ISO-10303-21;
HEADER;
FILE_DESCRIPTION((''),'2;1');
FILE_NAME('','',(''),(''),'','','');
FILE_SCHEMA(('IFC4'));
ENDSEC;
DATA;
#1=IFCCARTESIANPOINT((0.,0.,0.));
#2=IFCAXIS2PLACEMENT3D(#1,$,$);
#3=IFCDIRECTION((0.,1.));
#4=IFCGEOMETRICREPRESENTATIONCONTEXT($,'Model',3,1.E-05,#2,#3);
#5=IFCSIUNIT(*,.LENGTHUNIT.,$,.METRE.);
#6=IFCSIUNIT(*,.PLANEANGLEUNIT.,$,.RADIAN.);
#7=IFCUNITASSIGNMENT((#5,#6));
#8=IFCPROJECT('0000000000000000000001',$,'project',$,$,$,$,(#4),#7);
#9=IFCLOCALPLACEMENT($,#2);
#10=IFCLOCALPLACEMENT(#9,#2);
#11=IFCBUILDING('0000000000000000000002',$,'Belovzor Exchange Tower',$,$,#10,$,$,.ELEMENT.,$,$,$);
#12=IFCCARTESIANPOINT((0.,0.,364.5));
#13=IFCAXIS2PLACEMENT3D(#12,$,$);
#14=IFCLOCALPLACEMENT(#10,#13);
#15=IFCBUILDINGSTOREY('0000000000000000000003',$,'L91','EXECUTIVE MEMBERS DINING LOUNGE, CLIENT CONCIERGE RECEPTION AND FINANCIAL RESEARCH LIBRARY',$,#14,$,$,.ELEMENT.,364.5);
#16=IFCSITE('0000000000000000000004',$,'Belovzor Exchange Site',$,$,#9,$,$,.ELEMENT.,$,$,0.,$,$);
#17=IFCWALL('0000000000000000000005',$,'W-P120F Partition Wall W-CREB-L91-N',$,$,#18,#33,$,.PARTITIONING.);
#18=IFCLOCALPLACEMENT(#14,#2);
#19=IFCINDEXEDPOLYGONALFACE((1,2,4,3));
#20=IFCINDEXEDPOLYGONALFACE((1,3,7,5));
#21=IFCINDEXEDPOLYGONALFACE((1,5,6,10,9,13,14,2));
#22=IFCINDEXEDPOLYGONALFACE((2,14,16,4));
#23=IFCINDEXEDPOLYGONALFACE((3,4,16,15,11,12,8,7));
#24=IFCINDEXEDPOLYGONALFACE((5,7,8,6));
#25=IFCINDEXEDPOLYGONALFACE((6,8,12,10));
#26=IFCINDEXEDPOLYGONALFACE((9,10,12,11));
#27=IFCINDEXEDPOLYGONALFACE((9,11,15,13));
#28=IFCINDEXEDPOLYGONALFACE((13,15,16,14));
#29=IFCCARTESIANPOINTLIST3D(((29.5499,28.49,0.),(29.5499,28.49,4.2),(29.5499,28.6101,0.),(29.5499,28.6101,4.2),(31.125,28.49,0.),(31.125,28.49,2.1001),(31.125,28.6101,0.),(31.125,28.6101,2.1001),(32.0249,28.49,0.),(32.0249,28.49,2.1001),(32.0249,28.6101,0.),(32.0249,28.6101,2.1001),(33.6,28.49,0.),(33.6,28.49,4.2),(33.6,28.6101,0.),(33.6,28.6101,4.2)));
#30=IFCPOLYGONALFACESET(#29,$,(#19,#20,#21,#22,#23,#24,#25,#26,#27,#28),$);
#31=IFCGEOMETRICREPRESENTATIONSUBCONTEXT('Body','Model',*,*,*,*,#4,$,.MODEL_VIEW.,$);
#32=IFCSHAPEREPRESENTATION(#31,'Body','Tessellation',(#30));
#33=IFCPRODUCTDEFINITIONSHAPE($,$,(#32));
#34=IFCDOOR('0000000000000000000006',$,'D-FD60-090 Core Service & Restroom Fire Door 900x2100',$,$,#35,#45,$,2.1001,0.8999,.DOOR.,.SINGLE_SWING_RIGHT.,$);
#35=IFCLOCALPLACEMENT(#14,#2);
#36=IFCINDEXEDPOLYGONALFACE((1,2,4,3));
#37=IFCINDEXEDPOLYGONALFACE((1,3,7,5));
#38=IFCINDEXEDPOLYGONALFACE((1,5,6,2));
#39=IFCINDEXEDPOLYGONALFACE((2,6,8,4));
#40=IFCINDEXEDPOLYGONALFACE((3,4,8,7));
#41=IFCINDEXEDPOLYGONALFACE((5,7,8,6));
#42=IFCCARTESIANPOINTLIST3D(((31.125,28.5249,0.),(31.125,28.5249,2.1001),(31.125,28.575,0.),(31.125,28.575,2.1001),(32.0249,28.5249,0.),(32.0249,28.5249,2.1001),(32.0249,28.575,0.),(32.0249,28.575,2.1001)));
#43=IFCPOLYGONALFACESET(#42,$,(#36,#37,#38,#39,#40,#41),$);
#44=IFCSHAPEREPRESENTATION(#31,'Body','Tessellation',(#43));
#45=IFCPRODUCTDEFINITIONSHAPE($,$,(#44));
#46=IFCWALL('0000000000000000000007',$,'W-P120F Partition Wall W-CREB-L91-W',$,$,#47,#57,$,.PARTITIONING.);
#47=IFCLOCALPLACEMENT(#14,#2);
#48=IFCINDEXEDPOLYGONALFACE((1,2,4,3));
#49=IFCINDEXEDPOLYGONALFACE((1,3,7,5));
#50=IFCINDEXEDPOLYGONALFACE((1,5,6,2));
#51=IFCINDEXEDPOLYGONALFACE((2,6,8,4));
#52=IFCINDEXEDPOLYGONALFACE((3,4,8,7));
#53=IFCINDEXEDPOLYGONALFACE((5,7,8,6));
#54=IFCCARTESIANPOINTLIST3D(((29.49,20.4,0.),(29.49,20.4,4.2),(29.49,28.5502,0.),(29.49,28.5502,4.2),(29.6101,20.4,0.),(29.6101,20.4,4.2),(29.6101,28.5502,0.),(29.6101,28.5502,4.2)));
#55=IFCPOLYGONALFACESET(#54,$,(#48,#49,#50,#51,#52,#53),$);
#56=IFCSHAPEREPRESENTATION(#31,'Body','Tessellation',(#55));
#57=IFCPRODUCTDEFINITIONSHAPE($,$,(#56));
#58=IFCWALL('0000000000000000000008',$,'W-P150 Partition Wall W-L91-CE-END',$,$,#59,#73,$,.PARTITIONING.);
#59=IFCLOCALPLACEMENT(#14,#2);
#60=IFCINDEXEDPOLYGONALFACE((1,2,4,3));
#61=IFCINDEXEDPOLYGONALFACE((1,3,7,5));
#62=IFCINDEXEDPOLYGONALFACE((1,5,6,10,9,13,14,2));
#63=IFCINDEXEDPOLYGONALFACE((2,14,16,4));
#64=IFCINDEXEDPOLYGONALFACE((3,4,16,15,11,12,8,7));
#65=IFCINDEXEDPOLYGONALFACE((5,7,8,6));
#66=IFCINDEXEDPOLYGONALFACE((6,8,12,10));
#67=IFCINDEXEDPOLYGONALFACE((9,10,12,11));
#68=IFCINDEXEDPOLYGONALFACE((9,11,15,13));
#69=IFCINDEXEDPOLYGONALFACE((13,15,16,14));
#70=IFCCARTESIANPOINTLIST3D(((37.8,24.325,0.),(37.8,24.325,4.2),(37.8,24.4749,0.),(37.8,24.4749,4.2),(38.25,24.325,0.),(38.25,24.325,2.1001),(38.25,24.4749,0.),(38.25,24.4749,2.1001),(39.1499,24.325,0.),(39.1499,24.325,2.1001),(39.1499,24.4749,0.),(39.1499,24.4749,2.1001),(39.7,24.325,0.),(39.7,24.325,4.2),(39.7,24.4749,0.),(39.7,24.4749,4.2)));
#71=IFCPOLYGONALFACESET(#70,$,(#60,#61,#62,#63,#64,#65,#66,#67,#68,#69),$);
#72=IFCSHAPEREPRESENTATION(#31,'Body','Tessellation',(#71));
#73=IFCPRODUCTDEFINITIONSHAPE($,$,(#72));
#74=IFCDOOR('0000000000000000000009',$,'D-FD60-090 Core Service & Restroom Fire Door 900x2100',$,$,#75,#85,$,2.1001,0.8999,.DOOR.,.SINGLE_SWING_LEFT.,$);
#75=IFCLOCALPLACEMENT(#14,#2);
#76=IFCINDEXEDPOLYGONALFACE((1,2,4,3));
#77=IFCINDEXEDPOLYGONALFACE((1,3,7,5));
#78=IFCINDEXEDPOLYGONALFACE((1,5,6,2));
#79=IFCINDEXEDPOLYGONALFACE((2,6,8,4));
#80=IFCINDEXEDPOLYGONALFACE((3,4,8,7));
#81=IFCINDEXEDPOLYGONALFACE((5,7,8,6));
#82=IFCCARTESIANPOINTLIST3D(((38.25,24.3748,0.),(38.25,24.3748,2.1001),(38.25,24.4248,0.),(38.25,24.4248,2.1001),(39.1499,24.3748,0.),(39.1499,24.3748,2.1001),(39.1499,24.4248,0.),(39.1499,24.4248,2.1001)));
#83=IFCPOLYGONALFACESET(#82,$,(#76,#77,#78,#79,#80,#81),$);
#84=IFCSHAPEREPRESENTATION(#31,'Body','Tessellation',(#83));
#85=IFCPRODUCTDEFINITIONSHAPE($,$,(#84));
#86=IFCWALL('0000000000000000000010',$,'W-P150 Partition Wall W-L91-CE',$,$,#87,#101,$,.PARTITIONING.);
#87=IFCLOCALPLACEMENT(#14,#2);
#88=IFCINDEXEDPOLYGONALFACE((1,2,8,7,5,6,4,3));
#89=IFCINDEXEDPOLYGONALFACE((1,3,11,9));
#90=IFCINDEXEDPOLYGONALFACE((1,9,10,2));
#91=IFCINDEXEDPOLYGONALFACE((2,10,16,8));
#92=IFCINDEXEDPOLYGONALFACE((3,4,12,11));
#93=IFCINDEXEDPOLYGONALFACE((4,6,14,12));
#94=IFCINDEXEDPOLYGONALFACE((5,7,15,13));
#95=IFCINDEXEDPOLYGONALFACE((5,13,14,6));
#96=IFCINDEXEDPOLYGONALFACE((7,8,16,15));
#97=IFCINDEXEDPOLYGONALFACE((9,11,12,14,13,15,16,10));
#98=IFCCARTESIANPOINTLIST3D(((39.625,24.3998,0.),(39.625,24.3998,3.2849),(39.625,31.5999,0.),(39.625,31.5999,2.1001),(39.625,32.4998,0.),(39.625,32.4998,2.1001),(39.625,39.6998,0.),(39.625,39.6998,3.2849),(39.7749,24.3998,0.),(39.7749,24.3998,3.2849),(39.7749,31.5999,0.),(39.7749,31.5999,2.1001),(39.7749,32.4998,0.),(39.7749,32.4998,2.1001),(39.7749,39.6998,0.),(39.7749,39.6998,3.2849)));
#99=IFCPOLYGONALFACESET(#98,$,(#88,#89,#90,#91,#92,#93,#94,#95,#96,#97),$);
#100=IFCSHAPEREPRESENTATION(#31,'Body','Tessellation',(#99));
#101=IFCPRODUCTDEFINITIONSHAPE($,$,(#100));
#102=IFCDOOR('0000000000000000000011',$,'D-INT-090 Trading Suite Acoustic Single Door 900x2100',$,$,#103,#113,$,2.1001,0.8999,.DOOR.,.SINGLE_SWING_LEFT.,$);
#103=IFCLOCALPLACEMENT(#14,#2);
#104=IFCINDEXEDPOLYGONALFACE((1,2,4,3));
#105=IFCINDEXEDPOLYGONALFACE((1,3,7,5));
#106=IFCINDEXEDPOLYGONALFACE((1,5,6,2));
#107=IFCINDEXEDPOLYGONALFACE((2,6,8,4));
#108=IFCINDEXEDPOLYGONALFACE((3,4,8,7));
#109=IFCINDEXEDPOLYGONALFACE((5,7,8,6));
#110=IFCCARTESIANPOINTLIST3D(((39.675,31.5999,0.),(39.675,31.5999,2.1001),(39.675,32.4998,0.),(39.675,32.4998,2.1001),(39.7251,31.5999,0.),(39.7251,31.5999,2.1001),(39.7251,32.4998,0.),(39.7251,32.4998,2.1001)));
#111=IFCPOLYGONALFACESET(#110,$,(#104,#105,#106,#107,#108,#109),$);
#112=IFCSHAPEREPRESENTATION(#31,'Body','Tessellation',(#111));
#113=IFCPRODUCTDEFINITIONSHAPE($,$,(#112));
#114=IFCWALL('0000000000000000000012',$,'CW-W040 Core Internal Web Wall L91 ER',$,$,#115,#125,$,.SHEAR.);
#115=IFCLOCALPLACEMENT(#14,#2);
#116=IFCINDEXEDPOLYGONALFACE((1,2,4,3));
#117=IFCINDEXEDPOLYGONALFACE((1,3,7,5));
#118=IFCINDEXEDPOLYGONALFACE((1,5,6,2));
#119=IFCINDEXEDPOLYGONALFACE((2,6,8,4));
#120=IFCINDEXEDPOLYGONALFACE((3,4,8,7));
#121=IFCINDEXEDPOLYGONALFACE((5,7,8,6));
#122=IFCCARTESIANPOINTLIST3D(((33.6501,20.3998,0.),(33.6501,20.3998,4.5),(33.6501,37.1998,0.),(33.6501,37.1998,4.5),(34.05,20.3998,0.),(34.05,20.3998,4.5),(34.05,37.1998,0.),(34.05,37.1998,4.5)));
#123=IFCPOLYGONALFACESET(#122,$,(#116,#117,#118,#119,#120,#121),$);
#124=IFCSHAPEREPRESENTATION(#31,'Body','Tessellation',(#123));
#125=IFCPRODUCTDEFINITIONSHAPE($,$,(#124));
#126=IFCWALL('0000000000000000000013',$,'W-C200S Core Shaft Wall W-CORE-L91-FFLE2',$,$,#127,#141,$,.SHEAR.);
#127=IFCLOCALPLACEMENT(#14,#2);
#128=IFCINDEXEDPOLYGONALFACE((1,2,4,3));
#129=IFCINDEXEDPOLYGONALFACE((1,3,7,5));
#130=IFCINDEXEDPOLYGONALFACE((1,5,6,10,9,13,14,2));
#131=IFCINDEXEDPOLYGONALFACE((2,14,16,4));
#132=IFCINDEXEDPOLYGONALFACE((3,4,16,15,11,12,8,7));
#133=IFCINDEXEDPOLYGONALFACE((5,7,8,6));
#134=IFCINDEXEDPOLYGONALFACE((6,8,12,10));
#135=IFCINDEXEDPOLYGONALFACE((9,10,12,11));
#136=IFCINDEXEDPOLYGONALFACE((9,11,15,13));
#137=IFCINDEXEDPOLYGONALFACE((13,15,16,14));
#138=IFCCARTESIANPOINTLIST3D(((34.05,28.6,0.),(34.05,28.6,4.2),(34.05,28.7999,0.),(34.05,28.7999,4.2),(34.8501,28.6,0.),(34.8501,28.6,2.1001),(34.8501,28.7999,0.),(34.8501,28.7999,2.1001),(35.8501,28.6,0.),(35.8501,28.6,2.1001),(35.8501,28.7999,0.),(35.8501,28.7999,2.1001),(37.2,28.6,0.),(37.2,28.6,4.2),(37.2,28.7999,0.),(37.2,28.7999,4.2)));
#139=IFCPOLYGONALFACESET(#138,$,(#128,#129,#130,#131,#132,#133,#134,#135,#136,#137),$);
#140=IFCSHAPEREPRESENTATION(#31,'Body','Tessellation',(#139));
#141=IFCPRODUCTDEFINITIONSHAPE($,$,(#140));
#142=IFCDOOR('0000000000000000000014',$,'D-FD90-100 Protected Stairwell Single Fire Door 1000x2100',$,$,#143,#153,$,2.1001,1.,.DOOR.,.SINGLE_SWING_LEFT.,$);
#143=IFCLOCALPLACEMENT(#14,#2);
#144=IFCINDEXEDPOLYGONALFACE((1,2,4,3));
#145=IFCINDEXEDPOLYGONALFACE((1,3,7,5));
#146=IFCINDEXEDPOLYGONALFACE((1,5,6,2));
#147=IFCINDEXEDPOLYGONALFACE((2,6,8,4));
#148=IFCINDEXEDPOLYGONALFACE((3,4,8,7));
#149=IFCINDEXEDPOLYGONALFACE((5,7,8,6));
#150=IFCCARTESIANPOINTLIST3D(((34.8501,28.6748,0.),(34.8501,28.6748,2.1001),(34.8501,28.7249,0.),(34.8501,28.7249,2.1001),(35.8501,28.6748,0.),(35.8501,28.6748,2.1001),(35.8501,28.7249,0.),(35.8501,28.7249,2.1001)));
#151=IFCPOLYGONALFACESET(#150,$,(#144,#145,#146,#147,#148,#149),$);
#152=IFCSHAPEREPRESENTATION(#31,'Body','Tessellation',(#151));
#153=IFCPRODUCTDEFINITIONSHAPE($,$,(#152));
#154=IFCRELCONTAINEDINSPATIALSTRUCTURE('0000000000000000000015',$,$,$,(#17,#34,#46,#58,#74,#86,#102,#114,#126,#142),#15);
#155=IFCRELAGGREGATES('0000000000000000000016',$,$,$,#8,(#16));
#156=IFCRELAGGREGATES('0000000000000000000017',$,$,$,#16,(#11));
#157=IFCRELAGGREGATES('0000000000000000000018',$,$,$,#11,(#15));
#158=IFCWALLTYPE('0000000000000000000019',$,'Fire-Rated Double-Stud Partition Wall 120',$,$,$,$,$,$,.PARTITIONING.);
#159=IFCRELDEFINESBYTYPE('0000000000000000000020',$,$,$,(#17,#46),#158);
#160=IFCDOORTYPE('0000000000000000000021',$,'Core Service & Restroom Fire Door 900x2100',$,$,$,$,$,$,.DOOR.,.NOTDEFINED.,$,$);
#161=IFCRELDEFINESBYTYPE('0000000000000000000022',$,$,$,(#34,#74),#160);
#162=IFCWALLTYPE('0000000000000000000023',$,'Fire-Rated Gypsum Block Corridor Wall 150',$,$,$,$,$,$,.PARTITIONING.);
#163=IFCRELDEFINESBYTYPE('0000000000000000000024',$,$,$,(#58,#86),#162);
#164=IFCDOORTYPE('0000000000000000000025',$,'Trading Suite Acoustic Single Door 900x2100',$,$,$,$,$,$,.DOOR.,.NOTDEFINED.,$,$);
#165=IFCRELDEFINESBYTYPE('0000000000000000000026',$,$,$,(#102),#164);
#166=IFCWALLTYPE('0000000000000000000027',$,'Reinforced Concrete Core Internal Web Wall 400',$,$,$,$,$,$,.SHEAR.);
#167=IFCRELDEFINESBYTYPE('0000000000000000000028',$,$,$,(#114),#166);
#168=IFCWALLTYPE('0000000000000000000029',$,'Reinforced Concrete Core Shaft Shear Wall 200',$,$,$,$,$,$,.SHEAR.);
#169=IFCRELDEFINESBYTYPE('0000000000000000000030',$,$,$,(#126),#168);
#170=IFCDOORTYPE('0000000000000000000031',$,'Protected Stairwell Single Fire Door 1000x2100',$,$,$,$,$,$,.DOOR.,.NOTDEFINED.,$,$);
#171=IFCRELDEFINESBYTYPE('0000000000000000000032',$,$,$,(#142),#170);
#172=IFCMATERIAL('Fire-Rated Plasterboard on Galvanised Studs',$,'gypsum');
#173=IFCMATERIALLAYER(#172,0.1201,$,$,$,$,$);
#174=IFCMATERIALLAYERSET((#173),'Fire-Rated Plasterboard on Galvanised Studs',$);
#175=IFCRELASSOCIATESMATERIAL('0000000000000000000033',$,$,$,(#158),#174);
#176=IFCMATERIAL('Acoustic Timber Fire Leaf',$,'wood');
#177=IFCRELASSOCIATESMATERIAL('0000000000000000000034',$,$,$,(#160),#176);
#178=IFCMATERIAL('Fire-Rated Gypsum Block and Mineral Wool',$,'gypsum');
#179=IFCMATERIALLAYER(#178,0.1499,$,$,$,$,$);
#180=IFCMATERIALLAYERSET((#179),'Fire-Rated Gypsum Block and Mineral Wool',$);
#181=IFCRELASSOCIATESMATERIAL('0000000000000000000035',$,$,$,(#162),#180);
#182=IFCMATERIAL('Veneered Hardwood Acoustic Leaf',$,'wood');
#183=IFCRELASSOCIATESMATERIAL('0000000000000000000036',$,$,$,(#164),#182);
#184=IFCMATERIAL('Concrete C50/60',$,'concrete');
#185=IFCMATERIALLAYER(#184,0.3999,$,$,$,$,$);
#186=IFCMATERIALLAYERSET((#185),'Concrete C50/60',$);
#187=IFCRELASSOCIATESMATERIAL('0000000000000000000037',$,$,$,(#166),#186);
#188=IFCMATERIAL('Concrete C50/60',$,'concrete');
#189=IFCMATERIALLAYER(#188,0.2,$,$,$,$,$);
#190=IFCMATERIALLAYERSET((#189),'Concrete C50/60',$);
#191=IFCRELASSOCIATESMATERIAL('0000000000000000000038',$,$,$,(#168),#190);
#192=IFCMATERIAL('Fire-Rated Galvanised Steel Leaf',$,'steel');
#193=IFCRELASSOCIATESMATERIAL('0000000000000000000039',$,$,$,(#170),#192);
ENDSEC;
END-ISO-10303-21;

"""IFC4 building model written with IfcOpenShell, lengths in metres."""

from ifc_helpers import new_model, si_unit, direction, frame, frame_2d, origin, place, context, subcontext, project, spatial, rectangle, extrude, material, layer, layer_set, type_object, element, fill, save


model = new_model("IFC4")

# Units and contexts
model_context = context("Model", 3, precision=1e-05, world=origin(), true_north=direction((0.0, 1.0)))
body_context = subcontext(model_context, "Body", "Model", "MODEL_VIEW")
ifc_project = project(units=[si_unit("LENGTHUNIT", "METRE"), si_unit("PLANEANGLEUNIT", "RADIAN")], contexts=[model_context])

# Site, building, storey
site_placement = place(None, origin())
site = spatial("IfcSite", under=ifc_project, at=site_placement, Name="Belovzor Exchange Site", CompositionType="ELEMENT", RefElevation=0.0)
building_placement = place(site_placement, origin())
building = spatial("IfcBuilding", under=site, at=building_placement, Name="Belovzor Exchange Tower", CompositionType="ELEMENT")
storey_placement = place(building_placement, frame((0.0, 0.0, 364.5)))
storey = spatial("IfcBuildingStorey", under=building, at=storey_placement, Name="L91", Description="EXECUTIVE MEMBERS DINING LOUNGE, CLIENT CONCIERGE RECEPTION AND FINANCIAL RESEARCH LIBRARY", CompositionType="ELEMENT", Elevation=364.5)

# Wall, opening, door
ifc_material_1 = material(Name="Fire-Rated Plasterboard on Galvanised Studs", Category="gypsum")
ifc_layer_1 = layer(ifc_material_1, 0.1201)
ifc_layer_set_1 = layer_set([ifc_layer_1], Name="Fire-Rated Plasterboard on Galvanised Studs")
wall_type_1 = type_object("IfcWallType", Name="Fire-Rated Double-Stud Partition Wall 120", PredefinedType="PARTITIONING", material=ifc_layer_set_1)
wall_1_placement = place(storey_placement, frame((29.55, 28.55, 0.0), z_axis=(0.0, 0.0, 1.0), x_axis=(1.0, 0.0, 0.0)))
wall_1 = element("IfcWall", 1, at=wall_1_placement, inside=storey, type_object=wall_type_1, Name="W-P120F Partition Wall W-CREB-L91-N", PredefinedType="PARTITIONING", context=body_context, shape_type="SweptSolid", body=[
    extrude(rectangle(XDim=4.05, YDim=0.1201, at=frame_2d((2.0249, 0.0))), origin(), (0.0, 0.0, 1.0), 4.2),
])
opening_1_placement = place(wall_1_placement, frame((1.575, 0.0, 0.0)))
opening_1 = element("IfcOpeningElement", 2, at=opening_1_placement, cuts=wall_1, PredefinedType="OPENING", context=body_context, shape_type="SweptSolid", body=[
    extrude(rectangle(XDim=0.8999, YDim=2.1001, at=frame_2d((0.45, 1.05))), frame((0.0, 0.0701, 0.0), z_axis=(0.0, -1.0, 0.0), x_axis=(1.0, 0.0, 0.0)), (0.0, 0.0, 1.0), 0.1401),
])
ifc_material_2 = material(Name="Acoustic Timber Fire Leaf", Category="wood")
door_type_1 = type_object("IfcDoorType", Name="Core Service & Restroom Fire Door 900x2100", OperationType="NOTDEFINED", PredefinedType="DOOR", material=ifc_material_2)
door_1_placement = place(opening_1_placement, origin())
door_1 = element("IfcDoor", 3, at=door_1_placement, inside=storey, type_object=door_type_1, Name="D-FD60-090 Core Service & Restroom Fire Door 900x2100", OperationType="SINGLE_SWING_RIGHT", OverallHeight=2.1001, OverallWidth=0.8999, PredefinedType="DOOR", context=body_context, shape_type="SweptSolid", body=[
    extrude(rectangle(XDim=0.8999, YDim=2.1001, at=frame_2d((0.45, 1.05))), frame((0.0, 0.0249, 0.0), z_axis=(0.0, -1.0, 0.0), x_axis=(1.0, 0.0, 0.0)), (0.0, 0.0, 1.0), 0.05),
])
fill(opening_1, door_1)

# Wall
wall_2_placement = place(storey_placement, frame((29.55, 20.3999, 0.0), z_axis=(0.0, 0.0, 1.0), x_axis=(0.0, 1.0, 0.0)))
element("IfcWall", 4, at=wall_2_placement, inside=storey, type_object=wall_type_1, Name="W-P120F Partition Wall W-CREB-L91-W", PredefinedType="PARTITIONING", context=body_context, shape_type="SweptSolid", body=[
    extrude(rectangle(XDim=8.1501, YDim=0.1201, at=frame_2d((4.0752, 0.0))), origin(), (0.0, 0.0, 1.0), 4.2),
])

# Walls, openings, doors
ifc_material_3 = material(Name="Fire-Rated Gypsum Block and Mineral Wool", Category="gypsum")
ifc_layer_2 = layer(ifc_material_3, 0.1499)
ifc_layer_set_2 = layer_set([ifc_layer_2], Name="Fire-Rated Gypsum Block and Mineral Wool")
wall_type_2 = type_object("IfcWallType", Name="Fire-Rated Gypsum Block Corridor Wall 150", PredefinedType="PARTITIONING", material=ifc_layer_set_2)
wall_3_placement = place(storey_placement, frame((37.8, 24.3999, 0.0), z_axis=(0.0, 0.0, 1.0), x_axis=(1.0, 0.0, 0.0)))
wall_3 = element("IfcWall", 5, at=wall_3_placement, inside=storey, type_object=wall_type_2, Name="W-P150 Partition Wall W-L91-CE-END", PredefinedType="PARTITIONING", context=body_context, shape_type="SweptSolid", body=[
    extrude(rectangle(XDim=1.8999, YDim=0.1499, at=frame_2d((0.95, 0.0))), origin(), (0.0, 0.0, 1.0), 4.2),
])
opening_2_placement = place(wall_3_placement, frame((0.45, 0.0, 0.0)))
opening_2 = element("IfcOpeningElement", 6, at=opening_2_placement, cuts=wall_3, PredefinedType="OPENING", context=body_context, shape_type="SweptSolid", body=[
    extrude(rectangle(XDim=0.8999, YDim=2.1001, at=frame_2d((0.45, 1.05))), frame((0.0, 0.085, 0.0), z_axis=(0.0, -1.0, 0.0), x_axis=(1.0, 0.0, 0.0)), (0.0, 0.0, 1.0), 0.1699),
])
door_2_placement = place(opening_2_placement, origin())
door_2 = element("IfcDoor", 7, at=door_2_placement, inside=storey, type_object=door_type_1, Name="D-FD60-090 Core Service & Restroom Fire Door 900x2100", OperationType="SINGLE_SWING_LEFT", OverallHeight=2.1001, OverallWidth=0.8999, PredefinedType="DOOR", context=body_context, shape_type="SweptSolid", body=[
    extrude(rectangle(XDim=0.8999, YDim=2.1001, at=frame_2d((0.45, 1.05))), frame((0.0, 0.0249, 0.0), z_axis=(0.0, -1.0, 0.0), x_axis=(1.0, 0.0, 0.0)), (0.0, 0.0, 1.0), 0.05),
])
fill(opening_2, door_2)
wall_4_placement = place(storey_placement, frame((39.7, 24.3999, 0.0), z_axis=(0.0, 0.0, 1.0), x_axis=(0.0, 1.0, 0.0)))
wall_4 = element("IfcWall", 8, at=wall_4_placement, inside=storey, type_object=wall_type_2, Name="W-P150 Partition Wall W-L91-CE", PredefinedType="PARTITIONING", context=body_context, shape_type="SweptSolid", body=[
    extrude(rectangle(XDim=15.3, YDim=0.1499, at=frame_2d((7.6499, 0.0))), origin(), (0.0, 0.0, 1.0), 3.2849),
])
opening_3_placement = place(wall_4_placement, frame((7.2, 0.0, 0.0)))
opening_3 = element("IfcOpeningElement", 9, at=opening_3_placement, cuts=wall_4, PredefinedType="OPENING", context=body_context, shape_type="SweptSolid", body=[
    extrude(rectangle(XDim=0.8999, YDim=2.1001, at=frame_2d((0.45, 1.05))), frame((0.0, 0.085, 0.0), z_axis=(0.0, -1.0, 0.0), x_axis=(1.0, 0.0, 0.0)), (0.0, 0.0, 1.0), 0.1699),
])
ifc_material_4 = material(Name="Veneered Hardwood Acoustic Leaf", Category="wood")
door_type_2 = type_object("IfcDoorType", Name="Trading Suite Acoustic Single Door 900x2100", OperationType="NOTDEFINED", PredefinedType="DOOR", material=ifc_material_4)
door_3_placement = place(opening_3_placement, origin())
door_3 = element("IfcDoor", 10, at=door_3_placement, inside=storey, type_object=door_type_2, Name="D-INT-090 Trading Suite Acoustic Single Door 900x2100", OperationType="SINGLE_SWING_LEFT", OverallHeight=2.1001, OverallWidth=0.8999, PredefinedType="DOOR", context=body_context, shape_type="SweptSolid", body=[
    extrude(rectangle(XDim=0.8999, YDim=2.1001, at=frame_2d((0.45, 1.05))), frame((0.0, 0.0249, 0.0), z_axis=(0.0, -1.0, 0.0), x_axis=(1.0, 0.0, 0.0)), (0.0, 0.0, 1.0), 0.05),
])
fill(opening_3, door_3)

# Wall
ifc_material_5 = material(Name="Concrete C50/60", Category="concrete")
ifc_layer_3 = layer(ifc_material_5, 0.3999)
ifc_layer_set_3 = layer_set([ifc_layer_3], Name="Concrete C50/60")
wall_type_3 = type_object("IfcWallType", Name="Reinforced Concrete Core Internal Web Wall 400", PredefinedType="SHEAR", material=ifc_layer_set_3)
wall_5_placement = place(storey_placement, frame((33.8501, 20.3999, 0.0), z_axis=(0.0, 0.0, 1.0), x_axis=(0.0, 1.0, 0.0)))
element("IfcWall", 11, at=wall_5_placement, inside=storey, type_object=wall_type_3, Name="CW-W040 Core Internal Web Wall L91 ER", PredefinedType="SHEAR", context=body_context, shape_type="SweptSolid", body=[
    extrude(rectangle(XDim=16.8, YDim=0.3999, at=frame_2d((8.3999, 0.0))), origin(), (0.0, 0.0, 1.0), 4.5),
])

# Wall, opening, door
ifc_material_6 = material(Name="Concrete C50/60", Category="concrete")
ifc_layer_4 = layer(ifc_material_6, 0.2)
ifc_layer_set_4 = layer_set([ifc_layer_4], Name="Concrete C50/60")
wall_type_4 = type_object("IfcWallType", Name="Reinforced Concrete Core Shaft Shear Wall 200", PredefinedType="SHEAR", material=ifc_layer_set_4)
wall_6_placement = place(storey_placement, frame((34.05, 28.7, 0.0), z_axis=(0.0, 0.0, 1.0), x_axis=(1.0, 0.0, 0.0)))
wall_6 = element("IfcWall", 12, at=wall_6_placement, inside=storey, type_object=wall_type_4, Name="W-C200S Core Shaft Wall W-CORE-L91-FFLE2", PredefinedType="SHEAR", context=body_context, shape_type="SweptSolid", body=[
    extrude(rectangle(XDim=3.1499, YDim=0.2, at=frame_2d((1.575, 0.0))), origin(), (0.0, 0.0, 1.0), 4.2),
])
opening_4_placement = place(wall_6_placement, frame((0.8, 0.0, 0.0)))
opening_4 = element("IfcOpeningElement", 13, at=opening_4_placement, cuts=wall_6, PredefinedType="OPENING", context=body_context, shape_type="SweptSolid", body=[
    extrude(rectangle(XDim=1.0, YDim=2.1001, at=frame_2d((0.5, 1.05))), frame((0.0, 0.1099, 0.0), z_axis=(0.0, -1.0, 0.0), x_axis=(1.0, 0.0, 0.0)), (0.0, 0.0, 1.0), 0.22),
])
ifc_material_7 = material(Name="Fire-Rated Galvanised Steel Leaf", Category="steel")
door_type_3 = type_object("IfcDoorType", Name="Protected Stairwell Single Fire Door 1000x2100", OperationType="NOTDEFINED", PredefinedType="DOOR", material=ifc_material_7)
door_4_placement = place(opening_4_placement, origin())
door_4 = element("IfcDoor", 14, at=door_4_placement, inside=storey, type_object=door_type_3, Name="D-FD90-100 Protected Stairwell Single Fire Door 1000x2100", OperationType="SINGLE_SWING_LEFT", OverallHeight=2.1001, OverallWidth=1.0, PredefinedType="DOOR", context=body_context, shape_type="SweptSolid", body=[
    extrude(rectangle(XDim=1.0, YDim=2.1001, at=frame_2d((0.5, 1.05))), frame((0.0, 0.0249, 0.0), z_axis=(0.0, -1.0, 0.0), x_axis=(1.0, 0.0, 0.0)), (0.0, 0.0, 1.0), 0.05),
])
fill(opening_4, door_4)

save(model, "model.ifc")
